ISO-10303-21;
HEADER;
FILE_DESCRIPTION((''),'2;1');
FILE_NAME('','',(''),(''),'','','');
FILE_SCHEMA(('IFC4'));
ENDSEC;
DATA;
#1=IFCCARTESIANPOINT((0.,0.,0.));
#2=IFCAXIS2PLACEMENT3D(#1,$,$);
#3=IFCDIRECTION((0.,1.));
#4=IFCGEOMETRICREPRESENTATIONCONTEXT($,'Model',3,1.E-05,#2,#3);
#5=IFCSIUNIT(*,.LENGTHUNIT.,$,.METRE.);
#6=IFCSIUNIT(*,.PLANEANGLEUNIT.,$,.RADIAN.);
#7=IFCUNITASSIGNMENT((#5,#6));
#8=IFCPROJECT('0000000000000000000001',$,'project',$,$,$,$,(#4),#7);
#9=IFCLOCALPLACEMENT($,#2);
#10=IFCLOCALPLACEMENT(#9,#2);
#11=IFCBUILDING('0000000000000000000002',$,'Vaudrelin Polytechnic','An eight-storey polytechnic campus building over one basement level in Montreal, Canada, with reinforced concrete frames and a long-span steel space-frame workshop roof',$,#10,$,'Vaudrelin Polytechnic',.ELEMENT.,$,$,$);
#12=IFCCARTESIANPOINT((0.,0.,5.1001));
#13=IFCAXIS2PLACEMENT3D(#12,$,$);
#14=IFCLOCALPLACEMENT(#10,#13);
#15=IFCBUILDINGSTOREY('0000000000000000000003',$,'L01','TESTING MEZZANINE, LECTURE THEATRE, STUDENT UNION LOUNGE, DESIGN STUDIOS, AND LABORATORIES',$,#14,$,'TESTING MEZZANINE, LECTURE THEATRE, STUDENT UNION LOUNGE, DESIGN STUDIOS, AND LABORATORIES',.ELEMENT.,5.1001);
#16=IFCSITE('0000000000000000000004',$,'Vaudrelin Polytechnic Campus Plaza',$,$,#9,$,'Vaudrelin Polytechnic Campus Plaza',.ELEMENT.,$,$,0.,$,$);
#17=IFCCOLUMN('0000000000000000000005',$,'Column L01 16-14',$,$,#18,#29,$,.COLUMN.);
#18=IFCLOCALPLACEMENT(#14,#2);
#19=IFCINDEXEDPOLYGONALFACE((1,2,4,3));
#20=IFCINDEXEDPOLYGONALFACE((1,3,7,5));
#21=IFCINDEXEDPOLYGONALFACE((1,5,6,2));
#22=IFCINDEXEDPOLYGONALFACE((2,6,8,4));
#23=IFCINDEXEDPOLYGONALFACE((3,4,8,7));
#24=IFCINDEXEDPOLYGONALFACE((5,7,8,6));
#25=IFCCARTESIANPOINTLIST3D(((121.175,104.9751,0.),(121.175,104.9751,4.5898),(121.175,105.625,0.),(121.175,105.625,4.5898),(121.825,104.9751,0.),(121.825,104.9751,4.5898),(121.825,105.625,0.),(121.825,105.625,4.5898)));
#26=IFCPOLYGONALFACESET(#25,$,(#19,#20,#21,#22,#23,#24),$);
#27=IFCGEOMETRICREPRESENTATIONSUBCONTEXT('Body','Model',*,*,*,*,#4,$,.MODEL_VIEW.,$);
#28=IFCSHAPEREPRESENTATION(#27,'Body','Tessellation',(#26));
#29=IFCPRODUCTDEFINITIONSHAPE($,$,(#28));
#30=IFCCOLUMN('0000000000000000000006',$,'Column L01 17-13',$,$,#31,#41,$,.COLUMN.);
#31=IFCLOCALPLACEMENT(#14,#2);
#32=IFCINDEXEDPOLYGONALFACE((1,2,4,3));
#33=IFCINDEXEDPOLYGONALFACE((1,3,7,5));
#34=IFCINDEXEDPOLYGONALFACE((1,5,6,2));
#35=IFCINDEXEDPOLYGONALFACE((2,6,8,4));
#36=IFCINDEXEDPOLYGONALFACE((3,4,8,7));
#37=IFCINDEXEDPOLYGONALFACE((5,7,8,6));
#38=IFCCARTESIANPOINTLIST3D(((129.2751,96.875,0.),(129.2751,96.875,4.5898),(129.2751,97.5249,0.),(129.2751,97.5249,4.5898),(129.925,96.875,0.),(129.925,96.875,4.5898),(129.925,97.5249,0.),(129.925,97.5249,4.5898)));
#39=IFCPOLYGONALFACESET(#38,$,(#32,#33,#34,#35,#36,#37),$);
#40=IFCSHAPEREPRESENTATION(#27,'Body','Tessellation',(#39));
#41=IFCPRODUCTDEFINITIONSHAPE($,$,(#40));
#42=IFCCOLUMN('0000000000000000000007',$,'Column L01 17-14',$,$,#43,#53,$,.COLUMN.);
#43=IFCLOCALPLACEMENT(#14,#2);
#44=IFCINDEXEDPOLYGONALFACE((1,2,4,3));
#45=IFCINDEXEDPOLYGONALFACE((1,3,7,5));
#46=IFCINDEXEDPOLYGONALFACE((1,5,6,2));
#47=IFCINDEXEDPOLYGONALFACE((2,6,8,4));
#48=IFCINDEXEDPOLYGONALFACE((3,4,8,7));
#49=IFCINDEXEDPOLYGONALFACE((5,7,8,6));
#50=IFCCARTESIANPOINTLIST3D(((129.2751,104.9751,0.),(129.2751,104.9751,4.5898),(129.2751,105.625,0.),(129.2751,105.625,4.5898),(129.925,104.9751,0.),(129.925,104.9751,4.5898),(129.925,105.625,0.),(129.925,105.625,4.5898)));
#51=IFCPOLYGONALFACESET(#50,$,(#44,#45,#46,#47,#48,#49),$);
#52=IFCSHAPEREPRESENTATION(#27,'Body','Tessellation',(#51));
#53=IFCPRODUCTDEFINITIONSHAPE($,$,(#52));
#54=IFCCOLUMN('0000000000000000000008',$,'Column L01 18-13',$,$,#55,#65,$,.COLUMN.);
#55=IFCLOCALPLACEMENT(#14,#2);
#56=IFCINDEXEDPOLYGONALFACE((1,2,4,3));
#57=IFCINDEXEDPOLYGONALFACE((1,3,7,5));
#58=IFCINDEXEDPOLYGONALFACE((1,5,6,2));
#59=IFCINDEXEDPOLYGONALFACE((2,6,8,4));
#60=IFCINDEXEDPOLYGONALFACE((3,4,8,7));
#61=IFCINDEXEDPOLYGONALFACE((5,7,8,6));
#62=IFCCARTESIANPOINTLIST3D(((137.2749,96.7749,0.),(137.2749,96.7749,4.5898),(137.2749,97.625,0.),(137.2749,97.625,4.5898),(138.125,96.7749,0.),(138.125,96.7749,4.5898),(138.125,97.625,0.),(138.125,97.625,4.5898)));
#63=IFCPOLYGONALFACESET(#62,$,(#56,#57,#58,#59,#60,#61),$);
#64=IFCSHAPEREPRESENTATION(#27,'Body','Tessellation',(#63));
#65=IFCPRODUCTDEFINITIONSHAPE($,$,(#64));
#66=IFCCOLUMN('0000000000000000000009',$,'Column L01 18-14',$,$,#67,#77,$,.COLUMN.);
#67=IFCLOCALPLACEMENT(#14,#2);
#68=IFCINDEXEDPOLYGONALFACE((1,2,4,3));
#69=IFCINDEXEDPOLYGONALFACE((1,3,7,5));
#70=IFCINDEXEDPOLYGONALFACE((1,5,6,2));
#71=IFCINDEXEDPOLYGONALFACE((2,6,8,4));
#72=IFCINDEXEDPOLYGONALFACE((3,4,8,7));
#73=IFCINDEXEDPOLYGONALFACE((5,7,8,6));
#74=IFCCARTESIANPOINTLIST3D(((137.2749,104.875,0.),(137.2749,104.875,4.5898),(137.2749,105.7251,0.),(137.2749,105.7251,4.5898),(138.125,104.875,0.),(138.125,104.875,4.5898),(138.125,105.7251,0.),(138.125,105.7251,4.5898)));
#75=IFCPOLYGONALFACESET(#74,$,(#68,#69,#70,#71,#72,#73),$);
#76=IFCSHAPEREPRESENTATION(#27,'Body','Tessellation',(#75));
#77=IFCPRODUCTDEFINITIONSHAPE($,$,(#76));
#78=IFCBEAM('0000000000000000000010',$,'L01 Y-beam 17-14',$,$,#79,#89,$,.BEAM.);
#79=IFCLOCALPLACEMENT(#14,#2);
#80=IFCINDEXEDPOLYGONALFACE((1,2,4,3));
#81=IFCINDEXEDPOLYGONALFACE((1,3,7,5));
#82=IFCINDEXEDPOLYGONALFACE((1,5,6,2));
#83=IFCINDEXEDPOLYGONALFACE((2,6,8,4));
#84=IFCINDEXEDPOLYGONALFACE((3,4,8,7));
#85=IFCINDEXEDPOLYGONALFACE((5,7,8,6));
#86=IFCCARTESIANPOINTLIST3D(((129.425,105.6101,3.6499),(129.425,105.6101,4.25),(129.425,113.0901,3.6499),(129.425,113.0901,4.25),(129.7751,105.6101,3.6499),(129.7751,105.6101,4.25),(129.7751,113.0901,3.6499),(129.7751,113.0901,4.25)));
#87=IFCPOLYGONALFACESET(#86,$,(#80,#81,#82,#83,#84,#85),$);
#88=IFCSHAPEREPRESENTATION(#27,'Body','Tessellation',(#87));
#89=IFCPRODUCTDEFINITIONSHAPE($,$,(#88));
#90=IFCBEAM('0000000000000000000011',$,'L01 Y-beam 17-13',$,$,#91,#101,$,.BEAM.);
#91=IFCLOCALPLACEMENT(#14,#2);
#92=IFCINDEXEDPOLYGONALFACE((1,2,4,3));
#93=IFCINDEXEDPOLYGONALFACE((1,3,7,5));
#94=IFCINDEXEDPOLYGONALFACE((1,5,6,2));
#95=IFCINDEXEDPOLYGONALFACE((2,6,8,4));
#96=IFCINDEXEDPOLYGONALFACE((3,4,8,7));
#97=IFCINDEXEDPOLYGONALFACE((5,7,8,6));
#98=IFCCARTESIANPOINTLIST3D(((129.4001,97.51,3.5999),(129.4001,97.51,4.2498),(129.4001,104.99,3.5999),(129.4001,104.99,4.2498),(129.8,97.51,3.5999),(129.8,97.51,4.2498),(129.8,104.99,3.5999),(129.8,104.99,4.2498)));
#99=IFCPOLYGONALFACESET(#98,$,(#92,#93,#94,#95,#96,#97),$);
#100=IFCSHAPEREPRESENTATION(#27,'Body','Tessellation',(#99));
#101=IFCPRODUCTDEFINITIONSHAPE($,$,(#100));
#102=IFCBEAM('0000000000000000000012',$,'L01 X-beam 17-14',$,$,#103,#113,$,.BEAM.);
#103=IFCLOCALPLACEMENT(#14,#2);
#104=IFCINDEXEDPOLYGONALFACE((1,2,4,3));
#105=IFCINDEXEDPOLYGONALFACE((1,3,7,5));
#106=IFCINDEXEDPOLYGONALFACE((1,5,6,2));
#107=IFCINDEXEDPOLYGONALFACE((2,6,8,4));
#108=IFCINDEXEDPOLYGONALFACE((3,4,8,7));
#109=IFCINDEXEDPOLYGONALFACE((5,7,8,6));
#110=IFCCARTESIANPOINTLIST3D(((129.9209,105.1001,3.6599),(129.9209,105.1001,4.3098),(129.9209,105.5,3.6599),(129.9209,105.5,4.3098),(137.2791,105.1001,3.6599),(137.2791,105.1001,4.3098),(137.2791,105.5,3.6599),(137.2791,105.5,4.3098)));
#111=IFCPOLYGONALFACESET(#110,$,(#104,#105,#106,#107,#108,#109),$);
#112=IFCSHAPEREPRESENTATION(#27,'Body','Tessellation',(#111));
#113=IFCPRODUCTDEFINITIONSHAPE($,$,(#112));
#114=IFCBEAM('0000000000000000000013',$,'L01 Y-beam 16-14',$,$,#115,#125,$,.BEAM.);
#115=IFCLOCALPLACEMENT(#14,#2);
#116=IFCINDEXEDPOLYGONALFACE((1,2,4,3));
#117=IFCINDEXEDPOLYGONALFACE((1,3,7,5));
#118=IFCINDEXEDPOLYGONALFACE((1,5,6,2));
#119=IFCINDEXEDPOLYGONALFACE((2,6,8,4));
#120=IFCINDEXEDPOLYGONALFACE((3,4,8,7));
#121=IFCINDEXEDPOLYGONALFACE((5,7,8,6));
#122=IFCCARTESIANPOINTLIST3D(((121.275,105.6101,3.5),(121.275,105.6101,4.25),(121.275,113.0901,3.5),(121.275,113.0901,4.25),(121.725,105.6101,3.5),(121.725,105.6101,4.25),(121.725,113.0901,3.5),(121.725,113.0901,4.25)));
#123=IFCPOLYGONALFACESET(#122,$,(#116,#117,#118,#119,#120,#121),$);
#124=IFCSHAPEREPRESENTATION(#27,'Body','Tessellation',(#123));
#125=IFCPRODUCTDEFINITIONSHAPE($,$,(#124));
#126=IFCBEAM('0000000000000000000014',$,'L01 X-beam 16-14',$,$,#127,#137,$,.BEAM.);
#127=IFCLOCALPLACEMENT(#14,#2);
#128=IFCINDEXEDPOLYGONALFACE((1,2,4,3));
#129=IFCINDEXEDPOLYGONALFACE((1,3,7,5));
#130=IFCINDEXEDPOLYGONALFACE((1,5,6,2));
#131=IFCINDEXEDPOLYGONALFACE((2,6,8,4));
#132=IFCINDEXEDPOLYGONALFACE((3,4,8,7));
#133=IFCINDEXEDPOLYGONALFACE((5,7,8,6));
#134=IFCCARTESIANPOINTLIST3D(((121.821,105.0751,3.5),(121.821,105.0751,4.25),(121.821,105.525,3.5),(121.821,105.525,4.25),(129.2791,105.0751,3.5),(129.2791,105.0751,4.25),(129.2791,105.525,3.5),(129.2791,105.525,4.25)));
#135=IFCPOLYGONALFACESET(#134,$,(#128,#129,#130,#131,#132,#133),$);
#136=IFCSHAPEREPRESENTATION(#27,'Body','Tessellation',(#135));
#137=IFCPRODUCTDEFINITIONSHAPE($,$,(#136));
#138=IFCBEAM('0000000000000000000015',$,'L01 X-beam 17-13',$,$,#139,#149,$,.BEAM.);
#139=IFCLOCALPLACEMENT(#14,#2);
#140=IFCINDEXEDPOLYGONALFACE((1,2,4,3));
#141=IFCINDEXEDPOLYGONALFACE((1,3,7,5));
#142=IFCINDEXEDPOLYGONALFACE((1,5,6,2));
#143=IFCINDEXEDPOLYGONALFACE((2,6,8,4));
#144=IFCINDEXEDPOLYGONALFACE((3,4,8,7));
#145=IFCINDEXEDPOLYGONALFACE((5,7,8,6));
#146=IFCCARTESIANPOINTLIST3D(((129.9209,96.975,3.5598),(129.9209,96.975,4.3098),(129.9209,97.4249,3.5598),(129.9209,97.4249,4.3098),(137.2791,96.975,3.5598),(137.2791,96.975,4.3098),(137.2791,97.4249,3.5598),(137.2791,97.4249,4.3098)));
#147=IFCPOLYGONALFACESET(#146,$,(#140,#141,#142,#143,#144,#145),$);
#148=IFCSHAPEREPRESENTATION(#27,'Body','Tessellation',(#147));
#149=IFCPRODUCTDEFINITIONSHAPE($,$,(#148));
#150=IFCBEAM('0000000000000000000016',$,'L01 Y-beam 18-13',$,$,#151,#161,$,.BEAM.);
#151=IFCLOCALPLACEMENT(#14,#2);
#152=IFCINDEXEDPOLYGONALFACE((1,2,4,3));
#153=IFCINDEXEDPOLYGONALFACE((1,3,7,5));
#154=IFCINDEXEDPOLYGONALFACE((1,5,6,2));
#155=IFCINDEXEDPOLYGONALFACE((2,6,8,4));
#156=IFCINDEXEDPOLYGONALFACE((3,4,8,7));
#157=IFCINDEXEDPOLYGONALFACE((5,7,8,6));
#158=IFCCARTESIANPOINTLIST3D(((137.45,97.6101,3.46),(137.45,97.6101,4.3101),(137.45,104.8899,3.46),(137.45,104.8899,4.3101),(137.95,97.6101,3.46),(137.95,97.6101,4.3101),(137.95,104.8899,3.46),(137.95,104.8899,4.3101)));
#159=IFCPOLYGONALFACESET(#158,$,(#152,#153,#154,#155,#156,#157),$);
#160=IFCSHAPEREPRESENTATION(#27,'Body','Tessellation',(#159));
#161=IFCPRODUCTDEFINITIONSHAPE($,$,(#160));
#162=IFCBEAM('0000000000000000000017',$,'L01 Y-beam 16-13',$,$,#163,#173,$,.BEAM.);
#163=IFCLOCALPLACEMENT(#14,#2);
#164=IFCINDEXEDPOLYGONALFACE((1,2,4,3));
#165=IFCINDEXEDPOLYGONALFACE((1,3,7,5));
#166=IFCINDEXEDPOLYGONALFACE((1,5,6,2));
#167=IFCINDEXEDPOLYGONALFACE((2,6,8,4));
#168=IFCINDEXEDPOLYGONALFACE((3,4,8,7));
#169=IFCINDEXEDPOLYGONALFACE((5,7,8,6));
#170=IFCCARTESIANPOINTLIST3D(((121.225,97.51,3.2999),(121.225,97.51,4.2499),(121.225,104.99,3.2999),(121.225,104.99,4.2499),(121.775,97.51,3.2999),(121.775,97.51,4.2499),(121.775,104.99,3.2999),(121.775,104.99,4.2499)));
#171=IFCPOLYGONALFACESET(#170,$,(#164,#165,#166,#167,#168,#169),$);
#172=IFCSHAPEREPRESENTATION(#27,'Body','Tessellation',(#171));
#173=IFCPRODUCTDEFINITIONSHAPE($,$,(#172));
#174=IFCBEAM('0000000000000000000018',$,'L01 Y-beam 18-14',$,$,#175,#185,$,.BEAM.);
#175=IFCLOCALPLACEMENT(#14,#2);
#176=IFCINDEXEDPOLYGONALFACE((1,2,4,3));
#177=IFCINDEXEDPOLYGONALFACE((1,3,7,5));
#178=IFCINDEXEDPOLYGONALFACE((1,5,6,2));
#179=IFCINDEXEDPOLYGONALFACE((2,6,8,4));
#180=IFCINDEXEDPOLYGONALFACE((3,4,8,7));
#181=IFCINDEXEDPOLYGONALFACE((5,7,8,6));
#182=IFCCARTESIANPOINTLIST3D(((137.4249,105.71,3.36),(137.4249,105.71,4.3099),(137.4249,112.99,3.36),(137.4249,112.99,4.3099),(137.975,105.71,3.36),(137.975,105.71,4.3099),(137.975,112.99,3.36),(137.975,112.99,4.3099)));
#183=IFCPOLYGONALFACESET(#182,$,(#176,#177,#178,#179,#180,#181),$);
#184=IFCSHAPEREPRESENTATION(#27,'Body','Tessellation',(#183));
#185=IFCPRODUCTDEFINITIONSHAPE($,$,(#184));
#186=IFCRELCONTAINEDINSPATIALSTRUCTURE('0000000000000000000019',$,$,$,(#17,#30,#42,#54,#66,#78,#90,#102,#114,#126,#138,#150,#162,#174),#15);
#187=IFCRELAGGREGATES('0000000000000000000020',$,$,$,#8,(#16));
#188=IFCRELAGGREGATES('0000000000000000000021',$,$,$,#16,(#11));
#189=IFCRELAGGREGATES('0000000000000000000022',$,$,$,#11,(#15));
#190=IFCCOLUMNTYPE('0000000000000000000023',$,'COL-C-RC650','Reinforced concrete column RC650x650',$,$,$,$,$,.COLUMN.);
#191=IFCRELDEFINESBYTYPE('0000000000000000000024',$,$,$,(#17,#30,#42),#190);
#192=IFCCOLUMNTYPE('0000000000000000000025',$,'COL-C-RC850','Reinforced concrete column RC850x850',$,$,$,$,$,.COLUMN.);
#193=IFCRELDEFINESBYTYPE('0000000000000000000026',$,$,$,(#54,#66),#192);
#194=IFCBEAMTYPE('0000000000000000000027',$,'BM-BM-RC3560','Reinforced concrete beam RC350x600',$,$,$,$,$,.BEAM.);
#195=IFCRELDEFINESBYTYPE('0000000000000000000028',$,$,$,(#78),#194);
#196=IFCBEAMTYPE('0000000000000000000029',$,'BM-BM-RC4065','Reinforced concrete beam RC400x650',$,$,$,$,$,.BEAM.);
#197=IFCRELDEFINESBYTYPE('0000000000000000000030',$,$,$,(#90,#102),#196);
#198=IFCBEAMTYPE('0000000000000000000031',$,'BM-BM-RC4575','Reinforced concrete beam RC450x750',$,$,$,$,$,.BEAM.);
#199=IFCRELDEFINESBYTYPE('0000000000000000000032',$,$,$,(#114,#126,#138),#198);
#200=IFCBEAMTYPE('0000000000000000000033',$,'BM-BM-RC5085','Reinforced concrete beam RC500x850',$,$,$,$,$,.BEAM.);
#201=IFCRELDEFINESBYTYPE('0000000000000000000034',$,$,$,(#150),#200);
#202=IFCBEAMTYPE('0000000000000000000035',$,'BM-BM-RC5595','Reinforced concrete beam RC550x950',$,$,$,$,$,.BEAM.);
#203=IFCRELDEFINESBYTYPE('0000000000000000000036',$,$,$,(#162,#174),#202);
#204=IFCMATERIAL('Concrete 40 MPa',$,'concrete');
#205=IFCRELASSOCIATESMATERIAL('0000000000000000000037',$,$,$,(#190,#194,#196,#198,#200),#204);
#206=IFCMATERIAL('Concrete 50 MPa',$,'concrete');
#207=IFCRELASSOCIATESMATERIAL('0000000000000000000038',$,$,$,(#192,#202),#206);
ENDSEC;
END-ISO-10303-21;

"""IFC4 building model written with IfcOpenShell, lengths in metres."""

from ifc_helpers import new_model, si_unit, direction, frame, origin, origin_2d, place, context, subcontext, project, spatial, rectangle, extrude, material, material_profile, profile_set, type_object, element, save


model = new_model("IFC4")

# Units and contexts
model_context = context("Model", 3, precision=1e-05, world=origin(), true_north=direction((0.0, 1.0)))
body_context = subcontext(model_context, "Body", "Model", "MODEL_VIEW")
ifc_project = project(units=[si_unit("LENGTHUNIT", "METRE"), si_unit("PLANEANGLEUNIT", "RADIAN")], contexts=[model_context])

# Site, building, storey
site_placement = place(None, origin())
site = spatial("IfcSite", under=ifc_project, at=site_placement, Name="Vaudrelin Polytechnic Campus Plaza", LongName="Vaudrelin Polytechnic Campus Plaza", CompositionType="ELEMENT", RefElevation=0.0)
building_placement = place(site_placement, origin())
building = spatial("IfcBuilding", under=site, at=building_placement, Name="Vaudrelin Polytechnic", Description="An eight-storey polytechnic campus building over one basement level in Montreal, Canada, with reinforced concrete frames and a long-span steel space-frame workshop roof", LongName="Vaudrelin Polytechnic", CompositionType="ELEMENT")
storey_placement = place(building_placement, frame((0.0, 0.0, 5.1001)))
storey = spatial("IfcBuildingStorey", under=building, at=storey_placement, Name="L01", Description="TESTING MEZZANINE, LECTURE THEATRE, STUDENT UNION LOUNGE, DESIGN STUDIOS, AND LABORATORIES", LongName="TESTING MEZZANINE, LECTURE THEATRE, STUDENT UNION LOUNGE, DESIGN STUDIOS, AND LABORATORIES", CompositionType="ELEMENT", Elevation=5.1001)

# Columns
ifc_material_1 = material(Name="Concrete 40 MPa", Category="concrete")
ifc_material_profile_1 = material_profile(ifc_material_1, rectangle(XDim=0.6499, YDim=0.6499, at=origin_2d()), Name="RC650x650")
ifc_profile_set_1 = profile_set([ifc_material_profile_1], Name="Concrete 40 MPa")
column_type_1 = type_object("IfcColumnType", Name="COL-C-RC650", Description="Reinforced concrete column RC650x650", PredefinedType="COLUMN", material=ifc_profile_set_1)
for number, where, z_axis, x_axis, name in (
    (1, (121.5, 105.3, 0.0), (0.0, 0.0, 1.0), (1.0, 0.0, 0.0), "Column L01 16-14"),
    (2, (129.6001, 97.2, 0.0), (0.0, 0.0, 1.0), (1.0, 0.0, 0.0), "Column L01 17-13"),
    (3, (129.6001, 105.3, 0.0), (0.0, 0.0, 1.0), (1.0, 0.0, 0.0), "Column L01 17-14"),
):
    element("IfcColumn", number, at=place(storey_placement, frame(where, z_axis=z_axis, x_axis=x_axis)), inside=storey, type_object=column_type_1, Name=name, PredefinedType="COLUMN", context=body_context, shape_type="SweptSolid", body=[
        extrude(rectangle(XDim=0.6499, YDim=0.6499, at=origin_2d()), origin(), (0.0, 0.0, 1.0), 4.5898),
    ])
ifc_material_2 = material(Name="Concrete 50 MPa", Category="concrete")
ifc_material_profile_2 = material_profile(ifc_material_2, rectangle(XDim=0.8501, YDim=0.8501, at=origin_2d()), Name="RC850x850")
ifc_profile_set_2 = profile_set([ifc_material_profile_2], Name="Concrete 50 MPa")
column_type_2 = type_object("IfcColumnType", Name="COL-C-RC850", Description="Reinforced concrete column RC850x850", PredefinedType="COLUMN", material=ifc_profile_set_2)
for number, where, z_axis, x_axis, name in (
    (4, (137.7, 97.2, 0.0), (0.0, 0.0, 1.0), (1.0, 0.0, 0.0), "Column L01 18-13"),
    (5, (137.7, 105.3, 0.0), (0.0, 0.0, 1.0), (1.0, 0.0, 0.0), "Column L01 18-14"),
):
    element("IfcColumn", number, at=place(storey_placement, frame(where, z_axis=z_axis, x_axis=x_axis)), inside=storey, type_object=column_type_2, Name=name, PredefinedType="COLUMN", context=body_context, shape_type="SweptSolid", body=[
        extrude(rectangle(XDim=0.8501, YDim=0.8501, at=origin_2d()), origin(), (0.0, 0.0, 1.0), 4.5898),
    ])

# Beams
ifc_material_profile_3 = material_profile(ifc_material_1, rectangle(XDim=0.3501, YDim=0.6001, at=origin_2d()), Name="RC350x600")
ifc_profile_set_3 = profile_set([ifc_material_profile_3], Name="Concrete 40 MPa")
beam_type_1 = type_object("IfcBeamType", Name="BM-BM-RC3560", Description="Reinforced concrete beam RC350x600", PredefinedType="BEAM", material=ifc_profile_set_3)
beam_1_placement = place(storey_placement, frame((129.6001, 105.6101, 3.95), z_axis=(0.0, 1.0, 0.0), x_axis=(-1.0, 0.0, 0.0)))
element("IfcBeam", 6, at=beam_1_placement, inside=storey, type_object=beam_type_1, Name="L01 Y-beam 17-14", PredefinedType="BEAM", context=body_context, shape_type="SweptSolid", body=[
    extrude(rectangle(XDim=0.3501, YDim=0.6001, at=origin_2d()), origin(), (0.0, 0.0, 1.0), 7.48),
])
ifc_material_profile_4 = material_profile(ifc_material_1, rectangle(XDim=0.3999, YDim=0.6499, at=origin_2d()), Name="RC400x650")
ifc_profile_set_4 = profile_set([ifc_material_profile_4], Name="Concrete 40 MPa")
beam_type_2 = type_object("IfcBeamType", Name="BM-BM-RC4065", Description="Reinforced concrete beam RC400x650", PredefinedType="BEAM", material=ifc_profile_set_4)
beam_2_placement = place(storey_placement, frame((129.6001, 97.51, 3.9248), z_axis=(0.0, 1.0, 0.0), x_axis=(-1.0, 0.0, 0.0)))
element("IfcBeam", 7, at=beam_2_placement, inside=storey, type_object=beam_type_2, Name="L01 Y-beam 17-13", PredefinedType="BEAM", context=body_context, shape_type="SweptSolid", body=[
    extrude(rectangle(XDim=0.3999, YDim=0.6499, at=origin_2d()), origin(), (0.0, 0.0, 1.0), 7.48),
])
beam_3_placement = place(storey_placement, frame((129.9209, 105.3, 3.9849), z_axis=(1.0, 0.0, 0.0), x_axis=(0.0, 1.0, 0.0)))
element("IfcBeam", 8, at=beam_3_placement, inside=storey, type_object=beam_type_2, Name="L01 X-beam 17-14", PredefinedType="BEAM", context=body_context, shape_type="SweptSolid", body=[
    extrude(rectangle(XDim=0.3999, YDim=0.6499, at=origin_2d()), origin(), (0.0, 0.0, 1.0), 7.3582),
])
ifc_material_profile_5 = material_profile(ifc_material_1, rectangle(XDim=0.45, YDim=0.75, at=origin_2d()), Name="RC450x750")
ifc_profile_set_5 = profile_set([ifc_material_profile_5], Name="Concrete 40 MPa")
beam_type_3 = type_object("IfcBeamType", Name="BM-BM-RC4575", Description="Reinforced concrete beam RC450x750", PredefinedType="BEAM", material=ifc_profile_set_5)
beam_4_placement = place(storey_placement, frame((121.5, 105.6101, 3.875), z_axis=(0.0, 1.0, 0.0), x_axis=(-1.0, 0.0, 0.0)))
element("IfcBeam", 9, at=beam_4_placement, inside=storey, type_object=beam_type_3, Name="L01 Y-beam 16-14", PredefinedType="BEAM", context=body_context, shape_type="SweptSolid", body=[
    extrude(rectangle(XDim=0.45, YDim=0.75, at=origin_2d()), origin(), (0.0, 0.0, 1.0), 7.48),
])
beam_5_placement = place(storey_placement, frame((121.821, 105.3, 3.875), z_axis=(1.0, 0.0, 0.0), x_axis=(0.0, 1.0, 0.0)))
element("IfcBeam", 10, at=beam_5_placement, inside=storey, type_object=beam_type_3, Name="L01 X-beam 16-14", PredefinedType="BEAM", context=body_context, shape_type="SweptSolid", body=[
    extrude(rectangle(XDim=0.45, YDim=0.75, at=origin_2d()), origin(), (0.0, 0.0, 1.0), 7.458),
])
beam_6_placement = place(storey_placement, frame((129.9209, 97.2, 3.9348), z_axis=(1.0, 0.0, 0.0), x_axis=(0.0, 1.0, 0.0)))
element("IfcBeam", 11, at=beam_6_placement, inside=storey, type_object=beam_type_3, Name="L01 X-beam 17-13", PredefinedType="BEAM", context=body_context, shape_type="SweptSolid", body=[
    extrude(rectangle(XDim=0.45, YDim=0.75, at=origin_2d()), origin(), (0.0, 0.0, 1.0), 7.3582),
])
ifc_material_profile_6 = material_profile(ifc_material_1, rectangle(XDim=0.5, YDim=0.8501, at=origin_2d()), Name="RC500x850")
ifc_profile_set_6 = profile_set([ifc_material_profile_6], Name="Concrete 40 MPa")
beam_type_4 = type_object("IfcBeamType", Name="BM-BM-RC5085", Description="Reinforced concrete beam RC500x850", PredefinedType="BEAM", material=ifc_profile_set_6)
beam_7_placement = place(storey_placement, frame((137.7, 97.6101, 3.885), z_axis=(0.0, 1.0, 0.0), x_axis=(-1.0, 0.0, 0.0)))
element("IfcBeam", 12, at=beam_7_placement, inside=storey, type_object=beam_type_4, Name="L01 Y-beam 18-13", PredefinedType="BEAM", context=body_context, shape_type="SweptSolid", body=[
    extrude(rectangle(XDim=0.5, YDim=0.8501, at=origin_2d()), origin(), (0.0, 0.0, 1.0), 7.2798),
])
ifc_material_profile_7 = material_profile(ifc_material_2, rectangle(XDim=0.55, YDim=0.95, at=origin_2d()), Name="RC550x950")
ifc_profile_set_7 = profile_set([ifc_material_profile_7], Name="Concrete 50 MPa")
beam_type_5 = type_object("IfcBeamType", Name="BM-BM-RC5595", Description="Reinforced concrete beam RC550x950", PredefinedType="BEAM", material=ifc_profile_set_7)
beam_8_placement = place(storey_placement, frame((121.5, 97.51, 3.7749), z_axis=(0.0, 1.0, 0.0), x_axis=(-1.0, 0.0, 0.0)))
element("IfcBeam", 13, at=beam_8_placement, inside=storey, type_object=beam_type_5, Name="L01 Y-beam 16-13", PredefinedType="BEAM", context=body_context, shape_type="SweptSolid", body=[
    extrude(rectangle(XDim=0.55, YDim=0.95, at=origin_2d()), origin(), (0.0, 0.0, 1.0), 7.48),
])
beam_9_placement = place(storey_placement, frame((137.7, 105.71, 3.835), z_axis=(0.0, 1.0, 0.0), x_axis=(-1.0, 0.0, 0.0)))
element("IfcBeam", 14, at=beam_9_placement, inside=storey, type_object=beam_type_5, Name="L01 Y-beam 18-14", PredefinedType="BEAM", context=body_context, shape_type="SweptSolid", body=[
    extrude(rectangle(XDim=0.55, YDim=0.95, at=origin_2d()), origin(), (0.0, 0.0, 1.0), 7.28),
])

save(model, "model.ifc")
